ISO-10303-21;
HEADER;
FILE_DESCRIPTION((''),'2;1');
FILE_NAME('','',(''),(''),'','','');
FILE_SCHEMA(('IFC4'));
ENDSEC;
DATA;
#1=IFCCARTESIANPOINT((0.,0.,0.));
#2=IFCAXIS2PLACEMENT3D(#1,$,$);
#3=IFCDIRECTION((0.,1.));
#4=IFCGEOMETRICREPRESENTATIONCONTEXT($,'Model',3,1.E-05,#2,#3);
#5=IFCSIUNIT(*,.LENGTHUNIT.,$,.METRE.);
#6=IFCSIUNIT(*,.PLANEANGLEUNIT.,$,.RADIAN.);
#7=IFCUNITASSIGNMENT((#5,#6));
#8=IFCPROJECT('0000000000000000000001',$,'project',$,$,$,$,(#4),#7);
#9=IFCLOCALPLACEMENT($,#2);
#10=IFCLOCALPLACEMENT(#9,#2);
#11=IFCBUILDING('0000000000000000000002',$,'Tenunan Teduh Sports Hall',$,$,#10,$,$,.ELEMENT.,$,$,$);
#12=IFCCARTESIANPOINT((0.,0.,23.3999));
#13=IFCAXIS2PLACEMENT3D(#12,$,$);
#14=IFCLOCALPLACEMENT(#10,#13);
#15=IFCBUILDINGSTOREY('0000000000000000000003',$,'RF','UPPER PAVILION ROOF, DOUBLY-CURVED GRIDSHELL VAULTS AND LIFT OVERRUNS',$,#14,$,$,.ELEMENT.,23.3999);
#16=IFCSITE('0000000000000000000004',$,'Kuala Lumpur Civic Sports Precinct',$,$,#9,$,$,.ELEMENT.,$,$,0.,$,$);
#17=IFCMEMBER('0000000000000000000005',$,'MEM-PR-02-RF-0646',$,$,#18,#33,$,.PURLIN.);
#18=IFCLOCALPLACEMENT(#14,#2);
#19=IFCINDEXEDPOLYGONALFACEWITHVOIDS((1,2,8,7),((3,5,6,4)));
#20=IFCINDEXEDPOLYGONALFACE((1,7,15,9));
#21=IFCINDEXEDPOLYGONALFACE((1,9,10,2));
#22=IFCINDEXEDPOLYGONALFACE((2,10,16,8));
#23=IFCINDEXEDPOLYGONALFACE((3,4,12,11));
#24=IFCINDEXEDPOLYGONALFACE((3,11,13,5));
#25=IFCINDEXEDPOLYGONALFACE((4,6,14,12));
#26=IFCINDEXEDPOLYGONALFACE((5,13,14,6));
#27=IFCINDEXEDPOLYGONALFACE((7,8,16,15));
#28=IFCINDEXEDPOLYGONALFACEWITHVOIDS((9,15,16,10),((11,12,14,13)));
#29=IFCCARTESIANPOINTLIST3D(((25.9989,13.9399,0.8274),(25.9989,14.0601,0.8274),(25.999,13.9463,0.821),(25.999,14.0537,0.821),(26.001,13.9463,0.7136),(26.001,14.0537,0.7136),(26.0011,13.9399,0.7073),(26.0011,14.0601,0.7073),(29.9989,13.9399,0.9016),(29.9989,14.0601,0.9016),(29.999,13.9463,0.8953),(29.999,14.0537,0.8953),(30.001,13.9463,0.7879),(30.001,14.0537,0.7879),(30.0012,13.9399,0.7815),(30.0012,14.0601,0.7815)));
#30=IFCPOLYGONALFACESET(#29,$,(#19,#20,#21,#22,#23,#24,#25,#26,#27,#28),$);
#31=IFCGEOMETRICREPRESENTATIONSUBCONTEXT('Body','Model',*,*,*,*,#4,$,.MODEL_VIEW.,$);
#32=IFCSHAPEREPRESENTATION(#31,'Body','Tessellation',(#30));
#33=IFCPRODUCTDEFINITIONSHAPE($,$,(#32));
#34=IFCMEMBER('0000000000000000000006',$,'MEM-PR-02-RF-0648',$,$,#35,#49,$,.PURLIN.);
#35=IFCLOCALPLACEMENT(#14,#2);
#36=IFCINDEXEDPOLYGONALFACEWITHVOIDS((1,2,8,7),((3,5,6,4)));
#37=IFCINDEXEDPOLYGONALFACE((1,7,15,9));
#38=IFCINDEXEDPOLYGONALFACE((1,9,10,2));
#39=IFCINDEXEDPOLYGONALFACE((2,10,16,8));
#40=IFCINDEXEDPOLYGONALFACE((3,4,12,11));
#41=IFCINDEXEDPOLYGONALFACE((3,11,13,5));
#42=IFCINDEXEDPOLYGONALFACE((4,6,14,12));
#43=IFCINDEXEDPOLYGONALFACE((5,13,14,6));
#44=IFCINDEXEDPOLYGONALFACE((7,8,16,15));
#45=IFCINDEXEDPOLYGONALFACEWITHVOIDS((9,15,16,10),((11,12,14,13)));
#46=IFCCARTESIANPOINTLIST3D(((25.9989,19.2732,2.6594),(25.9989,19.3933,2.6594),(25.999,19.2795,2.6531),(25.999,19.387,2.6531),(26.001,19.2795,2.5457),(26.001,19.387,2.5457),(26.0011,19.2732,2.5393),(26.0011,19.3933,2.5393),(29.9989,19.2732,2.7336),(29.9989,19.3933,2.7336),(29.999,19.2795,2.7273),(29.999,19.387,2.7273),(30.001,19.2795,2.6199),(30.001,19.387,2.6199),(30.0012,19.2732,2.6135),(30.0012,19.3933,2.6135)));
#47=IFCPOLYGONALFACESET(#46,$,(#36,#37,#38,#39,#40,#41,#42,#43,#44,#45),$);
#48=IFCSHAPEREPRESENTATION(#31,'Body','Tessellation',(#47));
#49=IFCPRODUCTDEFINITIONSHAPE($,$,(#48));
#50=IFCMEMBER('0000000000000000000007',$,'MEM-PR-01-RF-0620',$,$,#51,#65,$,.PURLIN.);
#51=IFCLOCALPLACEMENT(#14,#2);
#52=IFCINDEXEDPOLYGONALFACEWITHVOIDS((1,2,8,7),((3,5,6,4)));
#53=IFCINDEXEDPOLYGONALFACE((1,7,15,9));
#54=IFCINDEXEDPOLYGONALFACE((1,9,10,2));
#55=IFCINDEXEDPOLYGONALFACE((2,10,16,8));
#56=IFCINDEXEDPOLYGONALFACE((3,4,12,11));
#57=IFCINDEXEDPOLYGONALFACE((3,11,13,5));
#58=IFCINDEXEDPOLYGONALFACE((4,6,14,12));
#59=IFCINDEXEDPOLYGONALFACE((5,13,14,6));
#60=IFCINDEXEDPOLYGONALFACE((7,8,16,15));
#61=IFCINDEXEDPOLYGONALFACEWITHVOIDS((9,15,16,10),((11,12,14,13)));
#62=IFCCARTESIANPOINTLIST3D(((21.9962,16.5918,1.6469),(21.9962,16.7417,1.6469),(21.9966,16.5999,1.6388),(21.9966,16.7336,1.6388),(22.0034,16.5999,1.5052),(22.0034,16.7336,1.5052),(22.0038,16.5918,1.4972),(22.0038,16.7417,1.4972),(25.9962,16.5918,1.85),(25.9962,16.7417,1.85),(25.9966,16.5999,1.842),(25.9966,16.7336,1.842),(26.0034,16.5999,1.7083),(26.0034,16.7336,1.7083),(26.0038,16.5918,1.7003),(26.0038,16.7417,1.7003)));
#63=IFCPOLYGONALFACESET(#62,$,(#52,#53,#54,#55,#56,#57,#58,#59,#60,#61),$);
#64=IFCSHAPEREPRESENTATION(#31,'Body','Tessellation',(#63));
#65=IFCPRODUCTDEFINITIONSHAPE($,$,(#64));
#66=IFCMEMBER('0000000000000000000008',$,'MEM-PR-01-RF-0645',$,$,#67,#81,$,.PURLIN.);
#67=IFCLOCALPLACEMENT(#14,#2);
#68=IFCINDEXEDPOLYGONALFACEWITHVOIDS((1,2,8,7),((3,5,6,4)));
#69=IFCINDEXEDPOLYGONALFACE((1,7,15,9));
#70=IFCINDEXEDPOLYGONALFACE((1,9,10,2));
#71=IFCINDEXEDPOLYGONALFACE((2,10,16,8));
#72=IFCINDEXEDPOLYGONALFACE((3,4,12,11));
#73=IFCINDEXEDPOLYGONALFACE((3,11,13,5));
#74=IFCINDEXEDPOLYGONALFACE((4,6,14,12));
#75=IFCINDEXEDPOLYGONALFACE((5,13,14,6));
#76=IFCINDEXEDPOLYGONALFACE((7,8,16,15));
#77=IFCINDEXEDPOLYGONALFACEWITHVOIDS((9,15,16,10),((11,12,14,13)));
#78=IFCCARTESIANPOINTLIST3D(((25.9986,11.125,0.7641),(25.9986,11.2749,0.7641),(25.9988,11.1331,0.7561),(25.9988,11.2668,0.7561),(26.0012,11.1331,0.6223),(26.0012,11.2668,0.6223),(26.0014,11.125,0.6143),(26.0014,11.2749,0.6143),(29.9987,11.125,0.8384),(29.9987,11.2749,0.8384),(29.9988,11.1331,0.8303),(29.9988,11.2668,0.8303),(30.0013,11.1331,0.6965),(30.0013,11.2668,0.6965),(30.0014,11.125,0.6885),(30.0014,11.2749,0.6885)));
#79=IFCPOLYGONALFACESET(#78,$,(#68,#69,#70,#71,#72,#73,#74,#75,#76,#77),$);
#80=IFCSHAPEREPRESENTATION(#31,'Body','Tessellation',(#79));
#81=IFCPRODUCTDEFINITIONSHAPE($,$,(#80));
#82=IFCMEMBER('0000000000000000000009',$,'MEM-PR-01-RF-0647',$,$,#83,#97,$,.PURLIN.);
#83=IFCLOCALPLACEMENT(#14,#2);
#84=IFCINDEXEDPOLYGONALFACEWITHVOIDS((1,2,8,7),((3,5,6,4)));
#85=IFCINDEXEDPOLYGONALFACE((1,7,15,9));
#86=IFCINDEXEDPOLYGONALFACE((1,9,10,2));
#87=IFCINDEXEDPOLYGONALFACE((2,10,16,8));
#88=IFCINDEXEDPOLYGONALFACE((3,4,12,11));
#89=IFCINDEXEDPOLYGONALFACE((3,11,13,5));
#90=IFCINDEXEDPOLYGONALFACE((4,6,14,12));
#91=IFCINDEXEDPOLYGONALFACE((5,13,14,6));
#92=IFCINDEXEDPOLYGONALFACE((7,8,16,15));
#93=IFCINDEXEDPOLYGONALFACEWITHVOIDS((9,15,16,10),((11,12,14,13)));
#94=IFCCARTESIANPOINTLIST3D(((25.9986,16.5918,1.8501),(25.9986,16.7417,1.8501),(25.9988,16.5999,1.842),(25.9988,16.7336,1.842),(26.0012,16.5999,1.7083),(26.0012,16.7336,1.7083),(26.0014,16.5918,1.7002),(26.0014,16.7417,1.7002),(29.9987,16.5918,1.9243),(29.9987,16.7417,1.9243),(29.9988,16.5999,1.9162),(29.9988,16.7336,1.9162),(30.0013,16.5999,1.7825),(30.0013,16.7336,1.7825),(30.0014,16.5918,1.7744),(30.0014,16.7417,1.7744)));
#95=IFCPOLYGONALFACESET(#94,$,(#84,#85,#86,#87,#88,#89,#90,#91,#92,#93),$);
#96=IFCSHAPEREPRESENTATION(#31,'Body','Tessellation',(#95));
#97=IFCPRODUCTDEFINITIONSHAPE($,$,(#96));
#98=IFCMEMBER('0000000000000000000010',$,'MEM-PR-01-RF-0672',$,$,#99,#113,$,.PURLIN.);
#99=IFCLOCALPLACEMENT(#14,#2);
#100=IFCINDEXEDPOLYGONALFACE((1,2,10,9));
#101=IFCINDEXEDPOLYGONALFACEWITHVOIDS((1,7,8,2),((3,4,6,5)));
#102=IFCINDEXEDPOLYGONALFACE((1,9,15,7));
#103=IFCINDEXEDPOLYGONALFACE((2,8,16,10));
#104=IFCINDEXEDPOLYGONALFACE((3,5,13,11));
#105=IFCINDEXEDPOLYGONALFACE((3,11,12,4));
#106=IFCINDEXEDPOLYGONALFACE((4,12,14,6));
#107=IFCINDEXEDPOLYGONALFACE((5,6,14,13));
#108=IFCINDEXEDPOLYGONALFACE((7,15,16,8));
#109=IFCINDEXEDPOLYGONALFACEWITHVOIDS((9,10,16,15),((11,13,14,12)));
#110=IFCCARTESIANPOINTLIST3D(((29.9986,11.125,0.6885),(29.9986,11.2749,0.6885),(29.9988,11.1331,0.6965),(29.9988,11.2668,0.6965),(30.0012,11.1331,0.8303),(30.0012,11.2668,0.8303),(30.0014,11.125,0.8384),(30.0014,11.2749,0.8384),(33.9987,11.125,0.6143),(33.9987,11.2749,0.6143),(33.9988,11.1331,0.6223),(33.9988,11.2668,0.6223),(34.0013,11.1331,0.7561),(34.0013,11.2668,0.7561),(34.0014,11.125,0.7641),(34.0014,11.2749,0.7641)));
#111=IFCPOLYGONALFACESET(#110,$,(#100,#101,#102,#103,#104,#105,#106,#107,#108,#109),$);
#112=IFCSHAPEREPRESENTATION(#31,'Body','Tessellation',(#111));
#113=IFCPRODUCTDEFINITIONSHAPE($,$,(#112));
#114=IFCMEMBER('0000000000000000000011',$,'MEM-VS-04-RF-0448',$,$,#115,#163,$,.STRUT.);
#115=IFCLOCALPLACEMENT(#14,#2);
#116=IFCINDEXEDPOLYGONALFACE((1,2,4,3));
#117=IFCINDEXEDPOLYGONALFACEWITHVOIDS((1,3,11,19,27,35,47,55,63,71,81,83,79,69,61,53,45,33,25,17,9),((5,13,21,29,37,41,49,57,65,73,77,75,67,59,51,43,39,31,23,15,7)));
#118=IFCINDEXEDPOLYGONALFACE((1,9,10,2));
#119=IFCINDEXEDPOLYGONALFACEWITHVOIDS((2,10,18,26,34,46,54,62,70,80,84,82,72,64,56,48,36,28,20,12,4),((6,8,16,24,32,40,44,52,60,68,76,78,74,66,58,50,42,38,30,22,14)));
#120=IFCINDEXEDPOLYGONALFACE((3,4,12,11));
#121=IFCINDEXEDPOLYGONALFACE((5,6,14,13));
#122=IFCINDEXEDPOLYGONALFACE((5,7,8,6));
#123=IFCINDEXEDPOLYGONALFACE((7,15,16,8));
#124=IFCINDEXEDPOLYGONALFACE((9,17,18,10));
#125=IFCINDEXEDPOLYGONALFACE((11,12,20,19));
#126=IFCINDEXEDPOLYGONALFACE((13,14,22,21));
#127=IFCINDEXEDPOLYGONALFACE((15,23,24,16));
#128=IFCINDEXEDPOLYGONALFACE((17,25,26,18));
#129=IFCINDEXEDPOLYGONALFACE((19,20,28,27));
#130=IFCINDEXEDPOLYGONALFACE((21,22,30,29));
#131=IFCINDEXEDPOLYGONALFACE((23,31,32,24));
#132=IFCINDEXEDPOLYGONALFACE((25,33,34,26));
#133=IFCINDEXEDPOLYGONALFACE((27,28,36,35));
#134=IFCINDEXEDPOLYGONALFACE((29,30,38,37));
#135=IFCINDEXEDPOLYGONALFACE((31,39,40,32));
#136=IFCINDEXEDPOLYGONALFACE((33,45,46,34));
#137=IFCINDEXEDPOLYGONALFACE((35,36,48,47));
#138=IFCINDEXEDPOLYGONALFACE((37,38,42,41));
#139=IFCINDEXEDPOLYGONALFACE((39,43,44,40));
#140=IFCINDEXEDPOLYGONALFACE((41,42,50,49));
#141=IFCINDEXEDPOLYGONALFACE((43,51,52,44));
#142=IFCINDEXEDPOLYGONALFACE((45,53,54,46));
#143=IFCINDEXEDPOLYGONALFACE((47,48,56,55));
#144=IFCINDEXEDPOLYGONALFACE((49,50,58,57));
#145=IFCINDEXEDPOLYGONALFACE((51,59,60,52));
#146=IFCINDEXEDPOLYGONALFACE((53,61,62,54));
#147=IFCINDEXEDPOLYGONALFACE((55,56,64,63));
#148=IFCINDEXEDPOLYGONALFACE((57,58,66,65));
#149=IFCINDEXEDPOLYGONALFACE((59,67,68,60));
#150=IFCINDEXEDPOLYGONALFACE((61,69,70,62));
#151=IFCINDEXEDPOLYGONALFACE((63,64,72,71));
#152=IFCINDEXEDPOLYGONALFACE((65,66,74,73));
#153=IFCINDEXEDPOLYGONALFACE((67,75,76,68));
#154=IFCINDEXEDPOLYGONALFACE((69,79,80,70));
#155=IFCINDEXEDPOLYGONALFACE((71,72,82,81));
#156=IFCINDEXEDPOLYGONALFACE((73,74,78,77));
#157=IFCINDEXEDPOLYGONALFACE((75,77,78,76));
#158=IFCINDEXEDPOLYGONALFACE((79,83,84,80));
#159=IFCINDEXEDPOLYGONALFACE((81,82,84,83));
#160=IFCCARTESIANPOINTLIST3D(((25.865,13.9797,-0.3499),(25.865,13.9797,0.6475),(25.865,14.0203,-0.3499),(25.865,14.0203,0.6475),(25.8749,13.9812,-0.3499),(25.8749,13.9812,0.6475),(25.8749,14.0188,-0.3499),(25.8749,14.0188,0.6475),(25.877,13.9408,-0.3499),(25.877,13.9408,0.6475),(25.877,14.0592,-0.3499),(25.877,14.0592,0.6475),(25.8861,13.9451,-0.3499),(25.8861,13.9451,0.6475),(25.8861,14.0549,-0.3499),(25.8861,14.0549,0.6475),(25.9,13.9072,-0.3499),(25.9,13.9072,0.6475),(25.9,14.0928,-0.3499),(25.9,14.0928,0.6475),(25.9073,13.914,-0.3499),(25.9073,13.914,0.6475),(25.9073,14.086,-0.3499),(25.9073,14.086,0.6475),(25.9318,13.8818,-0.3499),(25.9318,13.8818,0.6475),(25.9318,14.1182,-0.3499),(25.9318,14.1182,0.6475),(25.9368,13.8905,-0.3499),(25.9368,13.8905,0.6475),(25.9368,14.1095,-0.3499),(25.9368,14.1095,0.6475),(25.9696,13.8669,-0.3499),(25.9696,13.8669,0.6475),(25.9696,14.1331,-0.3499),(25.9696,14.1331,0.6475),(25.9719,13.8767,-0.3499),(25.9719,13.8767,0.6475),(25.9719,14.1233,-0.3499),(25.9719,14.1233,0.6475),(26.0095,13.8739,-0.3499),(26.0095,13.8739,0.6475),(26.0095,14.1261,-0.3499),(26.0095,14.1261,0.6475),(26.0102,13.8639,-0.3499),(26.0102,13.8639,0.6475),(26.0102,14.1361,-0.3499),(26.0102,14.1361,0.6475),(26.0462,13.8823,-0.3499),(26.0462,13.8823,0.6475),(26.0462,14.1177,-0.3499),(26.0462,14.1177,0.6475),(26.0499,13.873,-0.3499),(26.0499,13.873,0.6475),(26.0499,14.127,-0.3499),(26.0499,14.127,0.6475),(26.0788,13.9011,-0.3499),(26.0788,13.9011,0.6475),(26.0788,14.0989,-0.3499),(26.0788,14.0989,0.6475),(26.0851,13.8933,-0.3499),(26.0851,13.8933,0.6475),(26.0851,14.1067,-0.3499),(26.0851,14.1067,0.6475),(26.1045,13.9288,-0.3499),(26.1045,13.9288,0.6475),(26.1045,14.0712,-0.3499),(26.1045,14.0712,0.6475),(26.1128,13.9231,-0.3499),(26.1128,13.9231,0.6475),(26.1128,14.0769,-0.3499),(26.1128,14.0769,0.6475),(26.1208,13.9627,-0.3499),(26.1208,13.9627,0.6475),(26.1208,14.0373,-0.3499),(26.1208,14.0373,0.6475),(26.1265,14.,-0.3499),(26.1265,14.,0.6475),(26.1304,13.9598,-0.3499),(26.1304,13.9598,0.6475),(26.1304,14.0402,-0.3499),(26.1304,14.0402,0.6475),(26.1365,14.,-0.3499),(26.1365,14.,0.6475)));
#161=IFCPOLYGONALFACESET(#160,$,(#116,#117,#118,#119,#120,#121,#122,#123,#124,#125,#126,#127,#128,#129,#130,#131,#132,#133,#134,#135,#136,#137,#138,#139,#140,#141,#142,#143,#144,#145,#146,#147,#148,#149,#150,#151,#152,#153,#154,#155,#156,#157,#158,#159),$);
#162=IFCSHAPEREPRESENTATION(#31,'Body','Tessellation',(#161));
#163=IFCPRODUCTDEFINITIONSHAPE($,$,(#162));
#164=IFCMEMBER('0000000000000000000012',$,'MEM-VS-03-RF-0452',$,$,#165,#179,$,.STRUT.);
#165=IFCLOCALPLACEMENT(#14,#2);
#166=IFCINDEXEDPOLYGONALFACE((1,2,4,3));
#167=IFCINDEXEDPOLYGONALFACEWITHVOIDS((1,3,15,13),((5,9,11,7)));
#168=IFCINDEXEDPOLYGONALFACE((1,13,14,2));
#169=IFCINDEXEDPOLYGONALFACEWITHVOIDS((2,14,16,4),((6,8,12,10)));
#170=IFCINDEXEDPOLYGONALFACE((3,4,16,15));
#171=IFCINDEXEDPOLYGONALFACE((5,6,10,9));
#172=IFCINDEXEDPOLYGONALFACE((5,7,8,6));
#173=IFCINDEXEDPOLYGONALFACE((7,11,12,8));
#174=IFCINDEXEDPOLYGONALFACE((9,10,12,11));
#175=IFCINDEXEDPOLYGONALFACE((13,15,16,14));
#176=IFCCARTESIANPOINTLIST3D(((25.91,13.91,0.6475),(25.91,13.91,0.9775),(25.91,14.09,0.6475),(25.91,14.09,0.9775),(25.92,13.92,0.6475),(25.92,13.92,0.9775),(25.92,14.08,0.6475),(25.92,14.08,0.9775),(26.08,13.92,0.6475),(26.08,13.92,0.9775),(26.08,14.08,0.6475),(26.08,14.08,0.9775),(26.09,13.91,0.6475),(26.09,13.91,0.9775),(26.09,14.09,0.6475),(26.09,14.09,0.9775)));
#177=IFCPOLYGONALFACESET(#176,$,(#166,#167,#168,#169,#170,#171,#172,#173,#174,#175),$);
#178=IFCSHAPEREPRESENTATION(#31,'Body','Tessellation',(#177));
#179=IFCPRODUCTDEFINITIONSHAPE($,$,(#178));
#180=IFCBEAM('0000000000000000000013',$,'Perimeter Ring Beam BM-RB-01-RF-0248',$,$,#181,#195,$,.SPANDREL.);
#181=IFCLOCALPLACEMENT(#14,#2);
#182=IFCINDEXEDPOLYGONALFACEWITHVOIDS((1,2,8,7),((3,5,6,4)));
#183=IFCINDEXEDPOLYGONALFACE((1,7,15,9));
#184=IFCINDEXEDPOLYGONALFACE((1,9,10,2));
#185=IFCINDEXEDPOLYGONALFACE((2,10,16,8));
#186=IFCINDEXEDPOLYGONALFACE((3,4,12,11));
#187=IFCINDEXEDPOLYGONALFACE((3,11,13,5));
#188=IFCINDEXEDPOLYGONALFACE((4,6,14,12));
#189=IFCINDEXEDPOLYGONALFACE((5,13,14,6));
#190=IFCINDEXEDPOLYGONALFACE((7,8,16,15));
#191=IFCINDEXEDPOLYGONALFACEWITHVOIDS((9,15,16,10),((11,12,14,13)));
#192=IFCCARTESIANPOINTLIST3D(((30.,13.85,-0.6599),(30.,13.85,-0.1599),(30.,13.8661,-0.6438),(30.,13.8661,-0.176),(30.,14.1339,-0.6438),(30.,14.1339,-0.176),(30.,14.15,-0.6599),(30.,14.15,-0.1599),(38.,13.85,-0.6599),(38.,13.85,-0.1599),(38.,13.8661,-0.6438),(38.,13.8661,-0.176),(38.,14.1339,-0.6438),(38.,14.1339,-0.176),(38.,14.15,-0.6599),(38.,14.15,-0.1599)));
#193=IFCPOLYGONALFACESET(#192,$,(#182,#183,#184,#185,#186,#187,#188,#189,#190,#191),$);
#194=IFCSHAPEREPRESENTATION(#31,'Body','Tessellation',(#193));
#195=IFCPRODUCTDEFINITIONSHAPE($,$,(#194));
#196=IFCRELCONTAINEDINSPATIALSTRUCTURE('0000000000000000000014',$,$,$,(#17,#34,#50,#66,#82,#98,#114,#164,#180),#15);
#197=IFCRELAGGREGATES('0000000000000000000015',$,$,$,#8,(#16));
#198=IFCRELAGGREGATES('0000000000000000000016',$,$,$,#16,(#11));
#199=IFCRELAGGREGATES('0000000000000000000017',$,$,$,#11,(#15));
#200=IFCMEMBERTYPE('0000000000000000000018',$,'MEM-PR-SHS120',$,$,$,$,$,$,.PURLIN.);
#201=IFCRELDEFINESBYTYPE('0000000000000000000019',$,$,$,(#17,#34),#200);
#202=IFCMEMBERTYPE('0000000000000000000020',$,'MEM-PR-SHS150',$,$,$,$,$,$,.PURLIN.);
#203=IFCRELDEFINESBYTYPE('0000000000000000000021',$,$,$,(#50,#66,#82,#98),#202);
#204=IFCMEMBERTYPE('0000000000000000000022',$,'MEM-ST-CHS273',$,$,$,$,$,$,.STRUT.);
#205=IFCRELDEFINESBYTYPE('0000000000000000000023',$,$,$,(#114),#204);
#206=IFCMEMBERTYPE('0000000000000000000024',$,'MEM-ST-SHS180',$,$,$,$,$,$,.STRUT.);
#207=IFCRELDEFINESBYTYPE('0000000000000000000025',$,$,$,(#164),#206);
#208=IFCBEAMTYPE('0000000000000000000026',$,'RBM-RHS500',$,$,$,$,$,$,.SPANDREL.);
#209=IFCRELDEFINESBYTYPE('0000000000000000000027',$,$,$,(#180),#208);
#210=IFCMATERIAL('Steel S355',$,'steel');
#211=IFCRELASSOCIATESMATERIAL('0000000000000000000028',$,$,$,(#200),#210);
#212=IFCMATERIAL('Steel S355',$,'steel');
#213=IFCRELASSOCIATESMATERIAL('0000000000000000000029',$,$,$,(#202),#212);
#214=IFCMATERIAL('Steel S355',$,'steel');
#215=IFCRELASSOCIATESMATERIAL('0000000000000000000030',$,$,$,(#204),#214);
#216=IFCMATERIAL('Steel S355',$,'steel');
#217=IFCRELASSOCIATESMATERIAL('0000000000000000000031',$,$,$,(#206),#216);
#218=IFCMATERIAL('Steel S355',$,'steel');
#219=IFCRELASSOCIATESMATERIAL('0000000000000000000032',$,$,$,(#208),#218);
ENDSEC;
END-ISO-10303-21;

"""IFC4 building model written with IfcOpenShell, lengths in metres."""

from ifc_helpers import new_model, si_unit, direction, frame, origin, origin_2d, place, context, subcontext, project, spatial, hollow_rectangle, hollow_circle, extrude, material, material_profile, profile_set, type_object, element, save


model = new_model("IFC4")

# Units and contexts
model_context = context("Model", 3, precision=1e-05, world=origin(), true_north=direction((0.0, 1.0)))
body_context = subcontext(model_context, "Body", "Model", "MODEL_VIEW")
ifc_project = project(units=[si_unit("LENGTHUNIT", "METRE"), si_unit("PLANEANGLEUNIT", "RADIAN")], contexts=[model_context])

# Site, building, storey
site_placement = place(None, origin())
site = spatial("IfcSite", under=ifc_project, at=site_placement, Name="Kuala Lumpur Civic Sports Precinct", CompositionType="ELEMENT", RefElevation=0.0)
building_placement = place(site_placement, origin())
building = spatial("IfcBuilding", under=site, at=building_placement, Name="Tenunan Teduh Sports Hall", CompositionType="ELEMENT")
storey_placement = place(building_placement, frame((0.0, 0.0, 23.3999)))
storey = spatial("IfcBuildingStorey", under=building, at=storey_placement, Name="RF", Description="UPPER PAVILION ROOF, DOUBLY-CURVED GRIDSHELL VAULTS AND LIFT OVERRUNS", CompositionType="ELEMENT", Elevation=23.3999)

# Members
ifc_material_1 = material(Name="Steel S355", Category="steel")
ifc_material_profile_1 = material_profile(ifc_material_1, hollow_rectangle(XDim=0.1201, YDim=0.1201, WallThickness=0.0063, at=origin_2d()), Name="SHS 120x120x6.3")
ifc_profile_set_1 = profile_set([ifc_material_profile_1], Name="Steel S355")
member_type_1 = type_object("IfcMemberType", Name="MEM-PR-SHS120", PredefinedType="PURLIN", material=ifc_profile_set_1)
for number, where, z_axis, x_axis, name in (
    (1, (26.0, 14.0, 0.7673), (0.999828, 0.0, 0.018551), (0.0, 1.0, 0.0), "MEM-PR-02-RF-0646"),
    (2, (26.0, 19.3333, 2.5994), (0.999828, 0.0, 0.018551), (0.0, 1.0, 0.0), "MEM-PR-02-RF-0648"),
):
    element("IfcMember", number, at=place(storey_placement, frame(where, z_axis=z_axis, x_axis=x_axis)), inside=storey, type_object=member_type_1, Name=name, PredefinedType="PURLIN", context=body_context, shape_type="SweptSolid", body=[
        extrude(hollow_rectangle(XDim=0.1201, YDim=0.1201, WallThickness=0.0063, at=origin_2d()), origin(), (0.0, 0.0, 1.0), 4.0007),
    ])
ifc_material_2 = material(Name="Steel S355", Category="steel")
ifc_material_profile_2 = material_profile(ifc_material_2, hollow_rectangle(XDim=0.1499, YDim=0.1499, WallThickness=0.0081, at=origin_2d()), Name="SHS 150x150x8.0")
ifc_profile_set_2 = profile_set([ifc_material_profile_2], Name="Steel S355")
member_type_2 = type_object("IfcMemberType", Name="MEM-PR-SHS150", PredefinedType="PURLIN", material=ifc_profile_set_2)
member_1_placement = place(storey_placement, frame((22.0, 16.6667, 1.572), z_axis=(0.998713, 0.0, 0.050716), x_axis=(0.0, 1.0, 0.0)))
element("IfcMember", 3, at=member_1_placement, inside=storey, type_object=member_type_2, Name="MEM-PR-01-RF-0620", PredefinedType="PURLIN", context=body_context, shape_type="SweptSolid", body=[
    extrude(hollow_rectangle(XDim=0.1499, YDim=0.1499, WallThickness=0.0081, at=origin_2d()), origin(), (0.0, 0.0, 1.0), 4.0051),
])
for number, where, z_axis, x_axis, name in (
    (4, (26.0, 11.2, 0.6892), (0.999828, 0.0, 0.018551), (0.0, 1.0, 0.0), "MEM-PR-01-RF-0645"),
    (5, (26.0, 16.6667, 1.7751), (0.999828, 0.0, 0.018551), (0.0, 1.0, 0.0), "MEM-PR-01-RF-0647"),
    (6, (30.0, 11.2, 0.7634), (0.999828, 0.0, -0.018551), (0.0, 1.0, 0.0), "MEM-PR-01-RF-0672"),
):
    element("IfcMember", number, at=place(storey_placement, frame(where, z_axis=z_axis, x_axis=x_axis)), inside=storey, type_object=member_type_2, Name=name, PredefinedType="PURLIN", context=body_context, shape_type="SweptSolid", body=[
        extrude(hollow_rectangle(XDim=0.1499, YDim=0.1499, WallThickness=0.0081, at=origin_2d()), origin(), (0.0, 0.0, 1.0), 4.0007),
    ])
ifc_material_3 = material(Name="Steel S355", Category="steel")
ifc_material_profile_3 = material_profile(ifc_material_3, hollow_circle(Radius=0.1365, WallThickness=0.01, at=origin_2d()), Name="CHS 273.0x10.0")
ifc_profile_set_3 = profile_set([ifc_material_profile_3], Name="Steel S355")
member_type_3 = type_object("IfcMemberType", Name="MEM-ST-CHS273", PredefinedType="STRUT", material=ifc_profile_set_3)
member_2_placement = place(storey_placement, frame((26.0, 14.0, -0.3499), z_axis=(0.0, 0.0, 1.0), x_axis=(1.0, 0.0, 0.0)))
element("IfcMember", 7, at=member_2_placement, inside=storey, type_object=member_type_3, Name="MEM-VS-04-RF-0448", PredefinedType="STRUT", context=body_context, shape_type="SweptSolid", body=[
    extrude(hollow_circle(Radius=0.1365, WallThickness=0.01, at=origin_2d()), origin(), (0.0, 0.0, 1.0), 0.9973),
])
ifc_material_4 = material(Name="Steel S355", Category="steel")
ifc_material_profile_4 = material_profile(ifc_material_4, hollow_rectangle(XDim=0.1799, YDim=0.1799, WallThickness=0.01, at=origin_2d()), Name="SHS 180x180x10.0")
ifc_profile_set_4 = profile_set([ifc_material_profile_4], Name="Steel S355")
member_type_4 = type_object("IfcMemberType", Name="MEM-ST-SHS180", PredefinedType="STRUT", material=ifc_profile_set_4)
member_3_placement = place(storey_placement, frame((26.0, 14.0, 0.6475), z_axis=(0.0, 0.0, 1.0), x_axis=(1.0, 0.0, 0.0)))
element("IfcMember", 8, at=member_3_placement, inside=storey, type_object=member_type_4, Name="MEM-VS-03-RF-0452", PredefinedType="STRUT", context=body_context, shape_type="SweptSolid", body=[
    extrude(hollow_rectangle(XDim=0.1799, YDim=0.1799, WallThickness=0.01, at=origin_2d()), origin(), (0.0, 0.0, 1.0), 0.3301),
])

# Beam
ifc_material_5 = material(Name="Steel S355", Category="steel")
ifc_material_profile_5 = material_profile(ifc_material_5, hollow_rectangle(XDim=0.3, YDim=0.5, WallThickness=0.0161, at=origin_2d()), Name="RHS 500x300x16.0")
ifc_profile_set_5 = profile_set([ifc_material_profile_5], Name="Steel S355")
beam_type_1 = type_object("IfcBeamType", Name="RBM-RHS500", PredefinedType="SPANDREL", material=ifc_profile_set_5)
beam_1_placement = place(storey_placement, frame((30.0, 14.0, -0.4099), z_axis=(1.0, 0.0, 0.0), x_axis=(0.0, 1.0, 0.0)))
element("IfcBeam", 9, at=beam_1_placement, inside=storey, type_object=beam_type_1, Name="Perimeter Ring Beam BM-RB-01-RF-0248", PredefinedType="SPANDREL", context=body_context, shape_type="SweptSolid", body=[
    extrude(hollow_rectangle(XDim=0.3, YDim=0.5, WallThickness=0.0161, at=origin_2d()), origin(), (0.0, 0.0, 1.0), 8.0),
])

save(model, "model.ifc")
